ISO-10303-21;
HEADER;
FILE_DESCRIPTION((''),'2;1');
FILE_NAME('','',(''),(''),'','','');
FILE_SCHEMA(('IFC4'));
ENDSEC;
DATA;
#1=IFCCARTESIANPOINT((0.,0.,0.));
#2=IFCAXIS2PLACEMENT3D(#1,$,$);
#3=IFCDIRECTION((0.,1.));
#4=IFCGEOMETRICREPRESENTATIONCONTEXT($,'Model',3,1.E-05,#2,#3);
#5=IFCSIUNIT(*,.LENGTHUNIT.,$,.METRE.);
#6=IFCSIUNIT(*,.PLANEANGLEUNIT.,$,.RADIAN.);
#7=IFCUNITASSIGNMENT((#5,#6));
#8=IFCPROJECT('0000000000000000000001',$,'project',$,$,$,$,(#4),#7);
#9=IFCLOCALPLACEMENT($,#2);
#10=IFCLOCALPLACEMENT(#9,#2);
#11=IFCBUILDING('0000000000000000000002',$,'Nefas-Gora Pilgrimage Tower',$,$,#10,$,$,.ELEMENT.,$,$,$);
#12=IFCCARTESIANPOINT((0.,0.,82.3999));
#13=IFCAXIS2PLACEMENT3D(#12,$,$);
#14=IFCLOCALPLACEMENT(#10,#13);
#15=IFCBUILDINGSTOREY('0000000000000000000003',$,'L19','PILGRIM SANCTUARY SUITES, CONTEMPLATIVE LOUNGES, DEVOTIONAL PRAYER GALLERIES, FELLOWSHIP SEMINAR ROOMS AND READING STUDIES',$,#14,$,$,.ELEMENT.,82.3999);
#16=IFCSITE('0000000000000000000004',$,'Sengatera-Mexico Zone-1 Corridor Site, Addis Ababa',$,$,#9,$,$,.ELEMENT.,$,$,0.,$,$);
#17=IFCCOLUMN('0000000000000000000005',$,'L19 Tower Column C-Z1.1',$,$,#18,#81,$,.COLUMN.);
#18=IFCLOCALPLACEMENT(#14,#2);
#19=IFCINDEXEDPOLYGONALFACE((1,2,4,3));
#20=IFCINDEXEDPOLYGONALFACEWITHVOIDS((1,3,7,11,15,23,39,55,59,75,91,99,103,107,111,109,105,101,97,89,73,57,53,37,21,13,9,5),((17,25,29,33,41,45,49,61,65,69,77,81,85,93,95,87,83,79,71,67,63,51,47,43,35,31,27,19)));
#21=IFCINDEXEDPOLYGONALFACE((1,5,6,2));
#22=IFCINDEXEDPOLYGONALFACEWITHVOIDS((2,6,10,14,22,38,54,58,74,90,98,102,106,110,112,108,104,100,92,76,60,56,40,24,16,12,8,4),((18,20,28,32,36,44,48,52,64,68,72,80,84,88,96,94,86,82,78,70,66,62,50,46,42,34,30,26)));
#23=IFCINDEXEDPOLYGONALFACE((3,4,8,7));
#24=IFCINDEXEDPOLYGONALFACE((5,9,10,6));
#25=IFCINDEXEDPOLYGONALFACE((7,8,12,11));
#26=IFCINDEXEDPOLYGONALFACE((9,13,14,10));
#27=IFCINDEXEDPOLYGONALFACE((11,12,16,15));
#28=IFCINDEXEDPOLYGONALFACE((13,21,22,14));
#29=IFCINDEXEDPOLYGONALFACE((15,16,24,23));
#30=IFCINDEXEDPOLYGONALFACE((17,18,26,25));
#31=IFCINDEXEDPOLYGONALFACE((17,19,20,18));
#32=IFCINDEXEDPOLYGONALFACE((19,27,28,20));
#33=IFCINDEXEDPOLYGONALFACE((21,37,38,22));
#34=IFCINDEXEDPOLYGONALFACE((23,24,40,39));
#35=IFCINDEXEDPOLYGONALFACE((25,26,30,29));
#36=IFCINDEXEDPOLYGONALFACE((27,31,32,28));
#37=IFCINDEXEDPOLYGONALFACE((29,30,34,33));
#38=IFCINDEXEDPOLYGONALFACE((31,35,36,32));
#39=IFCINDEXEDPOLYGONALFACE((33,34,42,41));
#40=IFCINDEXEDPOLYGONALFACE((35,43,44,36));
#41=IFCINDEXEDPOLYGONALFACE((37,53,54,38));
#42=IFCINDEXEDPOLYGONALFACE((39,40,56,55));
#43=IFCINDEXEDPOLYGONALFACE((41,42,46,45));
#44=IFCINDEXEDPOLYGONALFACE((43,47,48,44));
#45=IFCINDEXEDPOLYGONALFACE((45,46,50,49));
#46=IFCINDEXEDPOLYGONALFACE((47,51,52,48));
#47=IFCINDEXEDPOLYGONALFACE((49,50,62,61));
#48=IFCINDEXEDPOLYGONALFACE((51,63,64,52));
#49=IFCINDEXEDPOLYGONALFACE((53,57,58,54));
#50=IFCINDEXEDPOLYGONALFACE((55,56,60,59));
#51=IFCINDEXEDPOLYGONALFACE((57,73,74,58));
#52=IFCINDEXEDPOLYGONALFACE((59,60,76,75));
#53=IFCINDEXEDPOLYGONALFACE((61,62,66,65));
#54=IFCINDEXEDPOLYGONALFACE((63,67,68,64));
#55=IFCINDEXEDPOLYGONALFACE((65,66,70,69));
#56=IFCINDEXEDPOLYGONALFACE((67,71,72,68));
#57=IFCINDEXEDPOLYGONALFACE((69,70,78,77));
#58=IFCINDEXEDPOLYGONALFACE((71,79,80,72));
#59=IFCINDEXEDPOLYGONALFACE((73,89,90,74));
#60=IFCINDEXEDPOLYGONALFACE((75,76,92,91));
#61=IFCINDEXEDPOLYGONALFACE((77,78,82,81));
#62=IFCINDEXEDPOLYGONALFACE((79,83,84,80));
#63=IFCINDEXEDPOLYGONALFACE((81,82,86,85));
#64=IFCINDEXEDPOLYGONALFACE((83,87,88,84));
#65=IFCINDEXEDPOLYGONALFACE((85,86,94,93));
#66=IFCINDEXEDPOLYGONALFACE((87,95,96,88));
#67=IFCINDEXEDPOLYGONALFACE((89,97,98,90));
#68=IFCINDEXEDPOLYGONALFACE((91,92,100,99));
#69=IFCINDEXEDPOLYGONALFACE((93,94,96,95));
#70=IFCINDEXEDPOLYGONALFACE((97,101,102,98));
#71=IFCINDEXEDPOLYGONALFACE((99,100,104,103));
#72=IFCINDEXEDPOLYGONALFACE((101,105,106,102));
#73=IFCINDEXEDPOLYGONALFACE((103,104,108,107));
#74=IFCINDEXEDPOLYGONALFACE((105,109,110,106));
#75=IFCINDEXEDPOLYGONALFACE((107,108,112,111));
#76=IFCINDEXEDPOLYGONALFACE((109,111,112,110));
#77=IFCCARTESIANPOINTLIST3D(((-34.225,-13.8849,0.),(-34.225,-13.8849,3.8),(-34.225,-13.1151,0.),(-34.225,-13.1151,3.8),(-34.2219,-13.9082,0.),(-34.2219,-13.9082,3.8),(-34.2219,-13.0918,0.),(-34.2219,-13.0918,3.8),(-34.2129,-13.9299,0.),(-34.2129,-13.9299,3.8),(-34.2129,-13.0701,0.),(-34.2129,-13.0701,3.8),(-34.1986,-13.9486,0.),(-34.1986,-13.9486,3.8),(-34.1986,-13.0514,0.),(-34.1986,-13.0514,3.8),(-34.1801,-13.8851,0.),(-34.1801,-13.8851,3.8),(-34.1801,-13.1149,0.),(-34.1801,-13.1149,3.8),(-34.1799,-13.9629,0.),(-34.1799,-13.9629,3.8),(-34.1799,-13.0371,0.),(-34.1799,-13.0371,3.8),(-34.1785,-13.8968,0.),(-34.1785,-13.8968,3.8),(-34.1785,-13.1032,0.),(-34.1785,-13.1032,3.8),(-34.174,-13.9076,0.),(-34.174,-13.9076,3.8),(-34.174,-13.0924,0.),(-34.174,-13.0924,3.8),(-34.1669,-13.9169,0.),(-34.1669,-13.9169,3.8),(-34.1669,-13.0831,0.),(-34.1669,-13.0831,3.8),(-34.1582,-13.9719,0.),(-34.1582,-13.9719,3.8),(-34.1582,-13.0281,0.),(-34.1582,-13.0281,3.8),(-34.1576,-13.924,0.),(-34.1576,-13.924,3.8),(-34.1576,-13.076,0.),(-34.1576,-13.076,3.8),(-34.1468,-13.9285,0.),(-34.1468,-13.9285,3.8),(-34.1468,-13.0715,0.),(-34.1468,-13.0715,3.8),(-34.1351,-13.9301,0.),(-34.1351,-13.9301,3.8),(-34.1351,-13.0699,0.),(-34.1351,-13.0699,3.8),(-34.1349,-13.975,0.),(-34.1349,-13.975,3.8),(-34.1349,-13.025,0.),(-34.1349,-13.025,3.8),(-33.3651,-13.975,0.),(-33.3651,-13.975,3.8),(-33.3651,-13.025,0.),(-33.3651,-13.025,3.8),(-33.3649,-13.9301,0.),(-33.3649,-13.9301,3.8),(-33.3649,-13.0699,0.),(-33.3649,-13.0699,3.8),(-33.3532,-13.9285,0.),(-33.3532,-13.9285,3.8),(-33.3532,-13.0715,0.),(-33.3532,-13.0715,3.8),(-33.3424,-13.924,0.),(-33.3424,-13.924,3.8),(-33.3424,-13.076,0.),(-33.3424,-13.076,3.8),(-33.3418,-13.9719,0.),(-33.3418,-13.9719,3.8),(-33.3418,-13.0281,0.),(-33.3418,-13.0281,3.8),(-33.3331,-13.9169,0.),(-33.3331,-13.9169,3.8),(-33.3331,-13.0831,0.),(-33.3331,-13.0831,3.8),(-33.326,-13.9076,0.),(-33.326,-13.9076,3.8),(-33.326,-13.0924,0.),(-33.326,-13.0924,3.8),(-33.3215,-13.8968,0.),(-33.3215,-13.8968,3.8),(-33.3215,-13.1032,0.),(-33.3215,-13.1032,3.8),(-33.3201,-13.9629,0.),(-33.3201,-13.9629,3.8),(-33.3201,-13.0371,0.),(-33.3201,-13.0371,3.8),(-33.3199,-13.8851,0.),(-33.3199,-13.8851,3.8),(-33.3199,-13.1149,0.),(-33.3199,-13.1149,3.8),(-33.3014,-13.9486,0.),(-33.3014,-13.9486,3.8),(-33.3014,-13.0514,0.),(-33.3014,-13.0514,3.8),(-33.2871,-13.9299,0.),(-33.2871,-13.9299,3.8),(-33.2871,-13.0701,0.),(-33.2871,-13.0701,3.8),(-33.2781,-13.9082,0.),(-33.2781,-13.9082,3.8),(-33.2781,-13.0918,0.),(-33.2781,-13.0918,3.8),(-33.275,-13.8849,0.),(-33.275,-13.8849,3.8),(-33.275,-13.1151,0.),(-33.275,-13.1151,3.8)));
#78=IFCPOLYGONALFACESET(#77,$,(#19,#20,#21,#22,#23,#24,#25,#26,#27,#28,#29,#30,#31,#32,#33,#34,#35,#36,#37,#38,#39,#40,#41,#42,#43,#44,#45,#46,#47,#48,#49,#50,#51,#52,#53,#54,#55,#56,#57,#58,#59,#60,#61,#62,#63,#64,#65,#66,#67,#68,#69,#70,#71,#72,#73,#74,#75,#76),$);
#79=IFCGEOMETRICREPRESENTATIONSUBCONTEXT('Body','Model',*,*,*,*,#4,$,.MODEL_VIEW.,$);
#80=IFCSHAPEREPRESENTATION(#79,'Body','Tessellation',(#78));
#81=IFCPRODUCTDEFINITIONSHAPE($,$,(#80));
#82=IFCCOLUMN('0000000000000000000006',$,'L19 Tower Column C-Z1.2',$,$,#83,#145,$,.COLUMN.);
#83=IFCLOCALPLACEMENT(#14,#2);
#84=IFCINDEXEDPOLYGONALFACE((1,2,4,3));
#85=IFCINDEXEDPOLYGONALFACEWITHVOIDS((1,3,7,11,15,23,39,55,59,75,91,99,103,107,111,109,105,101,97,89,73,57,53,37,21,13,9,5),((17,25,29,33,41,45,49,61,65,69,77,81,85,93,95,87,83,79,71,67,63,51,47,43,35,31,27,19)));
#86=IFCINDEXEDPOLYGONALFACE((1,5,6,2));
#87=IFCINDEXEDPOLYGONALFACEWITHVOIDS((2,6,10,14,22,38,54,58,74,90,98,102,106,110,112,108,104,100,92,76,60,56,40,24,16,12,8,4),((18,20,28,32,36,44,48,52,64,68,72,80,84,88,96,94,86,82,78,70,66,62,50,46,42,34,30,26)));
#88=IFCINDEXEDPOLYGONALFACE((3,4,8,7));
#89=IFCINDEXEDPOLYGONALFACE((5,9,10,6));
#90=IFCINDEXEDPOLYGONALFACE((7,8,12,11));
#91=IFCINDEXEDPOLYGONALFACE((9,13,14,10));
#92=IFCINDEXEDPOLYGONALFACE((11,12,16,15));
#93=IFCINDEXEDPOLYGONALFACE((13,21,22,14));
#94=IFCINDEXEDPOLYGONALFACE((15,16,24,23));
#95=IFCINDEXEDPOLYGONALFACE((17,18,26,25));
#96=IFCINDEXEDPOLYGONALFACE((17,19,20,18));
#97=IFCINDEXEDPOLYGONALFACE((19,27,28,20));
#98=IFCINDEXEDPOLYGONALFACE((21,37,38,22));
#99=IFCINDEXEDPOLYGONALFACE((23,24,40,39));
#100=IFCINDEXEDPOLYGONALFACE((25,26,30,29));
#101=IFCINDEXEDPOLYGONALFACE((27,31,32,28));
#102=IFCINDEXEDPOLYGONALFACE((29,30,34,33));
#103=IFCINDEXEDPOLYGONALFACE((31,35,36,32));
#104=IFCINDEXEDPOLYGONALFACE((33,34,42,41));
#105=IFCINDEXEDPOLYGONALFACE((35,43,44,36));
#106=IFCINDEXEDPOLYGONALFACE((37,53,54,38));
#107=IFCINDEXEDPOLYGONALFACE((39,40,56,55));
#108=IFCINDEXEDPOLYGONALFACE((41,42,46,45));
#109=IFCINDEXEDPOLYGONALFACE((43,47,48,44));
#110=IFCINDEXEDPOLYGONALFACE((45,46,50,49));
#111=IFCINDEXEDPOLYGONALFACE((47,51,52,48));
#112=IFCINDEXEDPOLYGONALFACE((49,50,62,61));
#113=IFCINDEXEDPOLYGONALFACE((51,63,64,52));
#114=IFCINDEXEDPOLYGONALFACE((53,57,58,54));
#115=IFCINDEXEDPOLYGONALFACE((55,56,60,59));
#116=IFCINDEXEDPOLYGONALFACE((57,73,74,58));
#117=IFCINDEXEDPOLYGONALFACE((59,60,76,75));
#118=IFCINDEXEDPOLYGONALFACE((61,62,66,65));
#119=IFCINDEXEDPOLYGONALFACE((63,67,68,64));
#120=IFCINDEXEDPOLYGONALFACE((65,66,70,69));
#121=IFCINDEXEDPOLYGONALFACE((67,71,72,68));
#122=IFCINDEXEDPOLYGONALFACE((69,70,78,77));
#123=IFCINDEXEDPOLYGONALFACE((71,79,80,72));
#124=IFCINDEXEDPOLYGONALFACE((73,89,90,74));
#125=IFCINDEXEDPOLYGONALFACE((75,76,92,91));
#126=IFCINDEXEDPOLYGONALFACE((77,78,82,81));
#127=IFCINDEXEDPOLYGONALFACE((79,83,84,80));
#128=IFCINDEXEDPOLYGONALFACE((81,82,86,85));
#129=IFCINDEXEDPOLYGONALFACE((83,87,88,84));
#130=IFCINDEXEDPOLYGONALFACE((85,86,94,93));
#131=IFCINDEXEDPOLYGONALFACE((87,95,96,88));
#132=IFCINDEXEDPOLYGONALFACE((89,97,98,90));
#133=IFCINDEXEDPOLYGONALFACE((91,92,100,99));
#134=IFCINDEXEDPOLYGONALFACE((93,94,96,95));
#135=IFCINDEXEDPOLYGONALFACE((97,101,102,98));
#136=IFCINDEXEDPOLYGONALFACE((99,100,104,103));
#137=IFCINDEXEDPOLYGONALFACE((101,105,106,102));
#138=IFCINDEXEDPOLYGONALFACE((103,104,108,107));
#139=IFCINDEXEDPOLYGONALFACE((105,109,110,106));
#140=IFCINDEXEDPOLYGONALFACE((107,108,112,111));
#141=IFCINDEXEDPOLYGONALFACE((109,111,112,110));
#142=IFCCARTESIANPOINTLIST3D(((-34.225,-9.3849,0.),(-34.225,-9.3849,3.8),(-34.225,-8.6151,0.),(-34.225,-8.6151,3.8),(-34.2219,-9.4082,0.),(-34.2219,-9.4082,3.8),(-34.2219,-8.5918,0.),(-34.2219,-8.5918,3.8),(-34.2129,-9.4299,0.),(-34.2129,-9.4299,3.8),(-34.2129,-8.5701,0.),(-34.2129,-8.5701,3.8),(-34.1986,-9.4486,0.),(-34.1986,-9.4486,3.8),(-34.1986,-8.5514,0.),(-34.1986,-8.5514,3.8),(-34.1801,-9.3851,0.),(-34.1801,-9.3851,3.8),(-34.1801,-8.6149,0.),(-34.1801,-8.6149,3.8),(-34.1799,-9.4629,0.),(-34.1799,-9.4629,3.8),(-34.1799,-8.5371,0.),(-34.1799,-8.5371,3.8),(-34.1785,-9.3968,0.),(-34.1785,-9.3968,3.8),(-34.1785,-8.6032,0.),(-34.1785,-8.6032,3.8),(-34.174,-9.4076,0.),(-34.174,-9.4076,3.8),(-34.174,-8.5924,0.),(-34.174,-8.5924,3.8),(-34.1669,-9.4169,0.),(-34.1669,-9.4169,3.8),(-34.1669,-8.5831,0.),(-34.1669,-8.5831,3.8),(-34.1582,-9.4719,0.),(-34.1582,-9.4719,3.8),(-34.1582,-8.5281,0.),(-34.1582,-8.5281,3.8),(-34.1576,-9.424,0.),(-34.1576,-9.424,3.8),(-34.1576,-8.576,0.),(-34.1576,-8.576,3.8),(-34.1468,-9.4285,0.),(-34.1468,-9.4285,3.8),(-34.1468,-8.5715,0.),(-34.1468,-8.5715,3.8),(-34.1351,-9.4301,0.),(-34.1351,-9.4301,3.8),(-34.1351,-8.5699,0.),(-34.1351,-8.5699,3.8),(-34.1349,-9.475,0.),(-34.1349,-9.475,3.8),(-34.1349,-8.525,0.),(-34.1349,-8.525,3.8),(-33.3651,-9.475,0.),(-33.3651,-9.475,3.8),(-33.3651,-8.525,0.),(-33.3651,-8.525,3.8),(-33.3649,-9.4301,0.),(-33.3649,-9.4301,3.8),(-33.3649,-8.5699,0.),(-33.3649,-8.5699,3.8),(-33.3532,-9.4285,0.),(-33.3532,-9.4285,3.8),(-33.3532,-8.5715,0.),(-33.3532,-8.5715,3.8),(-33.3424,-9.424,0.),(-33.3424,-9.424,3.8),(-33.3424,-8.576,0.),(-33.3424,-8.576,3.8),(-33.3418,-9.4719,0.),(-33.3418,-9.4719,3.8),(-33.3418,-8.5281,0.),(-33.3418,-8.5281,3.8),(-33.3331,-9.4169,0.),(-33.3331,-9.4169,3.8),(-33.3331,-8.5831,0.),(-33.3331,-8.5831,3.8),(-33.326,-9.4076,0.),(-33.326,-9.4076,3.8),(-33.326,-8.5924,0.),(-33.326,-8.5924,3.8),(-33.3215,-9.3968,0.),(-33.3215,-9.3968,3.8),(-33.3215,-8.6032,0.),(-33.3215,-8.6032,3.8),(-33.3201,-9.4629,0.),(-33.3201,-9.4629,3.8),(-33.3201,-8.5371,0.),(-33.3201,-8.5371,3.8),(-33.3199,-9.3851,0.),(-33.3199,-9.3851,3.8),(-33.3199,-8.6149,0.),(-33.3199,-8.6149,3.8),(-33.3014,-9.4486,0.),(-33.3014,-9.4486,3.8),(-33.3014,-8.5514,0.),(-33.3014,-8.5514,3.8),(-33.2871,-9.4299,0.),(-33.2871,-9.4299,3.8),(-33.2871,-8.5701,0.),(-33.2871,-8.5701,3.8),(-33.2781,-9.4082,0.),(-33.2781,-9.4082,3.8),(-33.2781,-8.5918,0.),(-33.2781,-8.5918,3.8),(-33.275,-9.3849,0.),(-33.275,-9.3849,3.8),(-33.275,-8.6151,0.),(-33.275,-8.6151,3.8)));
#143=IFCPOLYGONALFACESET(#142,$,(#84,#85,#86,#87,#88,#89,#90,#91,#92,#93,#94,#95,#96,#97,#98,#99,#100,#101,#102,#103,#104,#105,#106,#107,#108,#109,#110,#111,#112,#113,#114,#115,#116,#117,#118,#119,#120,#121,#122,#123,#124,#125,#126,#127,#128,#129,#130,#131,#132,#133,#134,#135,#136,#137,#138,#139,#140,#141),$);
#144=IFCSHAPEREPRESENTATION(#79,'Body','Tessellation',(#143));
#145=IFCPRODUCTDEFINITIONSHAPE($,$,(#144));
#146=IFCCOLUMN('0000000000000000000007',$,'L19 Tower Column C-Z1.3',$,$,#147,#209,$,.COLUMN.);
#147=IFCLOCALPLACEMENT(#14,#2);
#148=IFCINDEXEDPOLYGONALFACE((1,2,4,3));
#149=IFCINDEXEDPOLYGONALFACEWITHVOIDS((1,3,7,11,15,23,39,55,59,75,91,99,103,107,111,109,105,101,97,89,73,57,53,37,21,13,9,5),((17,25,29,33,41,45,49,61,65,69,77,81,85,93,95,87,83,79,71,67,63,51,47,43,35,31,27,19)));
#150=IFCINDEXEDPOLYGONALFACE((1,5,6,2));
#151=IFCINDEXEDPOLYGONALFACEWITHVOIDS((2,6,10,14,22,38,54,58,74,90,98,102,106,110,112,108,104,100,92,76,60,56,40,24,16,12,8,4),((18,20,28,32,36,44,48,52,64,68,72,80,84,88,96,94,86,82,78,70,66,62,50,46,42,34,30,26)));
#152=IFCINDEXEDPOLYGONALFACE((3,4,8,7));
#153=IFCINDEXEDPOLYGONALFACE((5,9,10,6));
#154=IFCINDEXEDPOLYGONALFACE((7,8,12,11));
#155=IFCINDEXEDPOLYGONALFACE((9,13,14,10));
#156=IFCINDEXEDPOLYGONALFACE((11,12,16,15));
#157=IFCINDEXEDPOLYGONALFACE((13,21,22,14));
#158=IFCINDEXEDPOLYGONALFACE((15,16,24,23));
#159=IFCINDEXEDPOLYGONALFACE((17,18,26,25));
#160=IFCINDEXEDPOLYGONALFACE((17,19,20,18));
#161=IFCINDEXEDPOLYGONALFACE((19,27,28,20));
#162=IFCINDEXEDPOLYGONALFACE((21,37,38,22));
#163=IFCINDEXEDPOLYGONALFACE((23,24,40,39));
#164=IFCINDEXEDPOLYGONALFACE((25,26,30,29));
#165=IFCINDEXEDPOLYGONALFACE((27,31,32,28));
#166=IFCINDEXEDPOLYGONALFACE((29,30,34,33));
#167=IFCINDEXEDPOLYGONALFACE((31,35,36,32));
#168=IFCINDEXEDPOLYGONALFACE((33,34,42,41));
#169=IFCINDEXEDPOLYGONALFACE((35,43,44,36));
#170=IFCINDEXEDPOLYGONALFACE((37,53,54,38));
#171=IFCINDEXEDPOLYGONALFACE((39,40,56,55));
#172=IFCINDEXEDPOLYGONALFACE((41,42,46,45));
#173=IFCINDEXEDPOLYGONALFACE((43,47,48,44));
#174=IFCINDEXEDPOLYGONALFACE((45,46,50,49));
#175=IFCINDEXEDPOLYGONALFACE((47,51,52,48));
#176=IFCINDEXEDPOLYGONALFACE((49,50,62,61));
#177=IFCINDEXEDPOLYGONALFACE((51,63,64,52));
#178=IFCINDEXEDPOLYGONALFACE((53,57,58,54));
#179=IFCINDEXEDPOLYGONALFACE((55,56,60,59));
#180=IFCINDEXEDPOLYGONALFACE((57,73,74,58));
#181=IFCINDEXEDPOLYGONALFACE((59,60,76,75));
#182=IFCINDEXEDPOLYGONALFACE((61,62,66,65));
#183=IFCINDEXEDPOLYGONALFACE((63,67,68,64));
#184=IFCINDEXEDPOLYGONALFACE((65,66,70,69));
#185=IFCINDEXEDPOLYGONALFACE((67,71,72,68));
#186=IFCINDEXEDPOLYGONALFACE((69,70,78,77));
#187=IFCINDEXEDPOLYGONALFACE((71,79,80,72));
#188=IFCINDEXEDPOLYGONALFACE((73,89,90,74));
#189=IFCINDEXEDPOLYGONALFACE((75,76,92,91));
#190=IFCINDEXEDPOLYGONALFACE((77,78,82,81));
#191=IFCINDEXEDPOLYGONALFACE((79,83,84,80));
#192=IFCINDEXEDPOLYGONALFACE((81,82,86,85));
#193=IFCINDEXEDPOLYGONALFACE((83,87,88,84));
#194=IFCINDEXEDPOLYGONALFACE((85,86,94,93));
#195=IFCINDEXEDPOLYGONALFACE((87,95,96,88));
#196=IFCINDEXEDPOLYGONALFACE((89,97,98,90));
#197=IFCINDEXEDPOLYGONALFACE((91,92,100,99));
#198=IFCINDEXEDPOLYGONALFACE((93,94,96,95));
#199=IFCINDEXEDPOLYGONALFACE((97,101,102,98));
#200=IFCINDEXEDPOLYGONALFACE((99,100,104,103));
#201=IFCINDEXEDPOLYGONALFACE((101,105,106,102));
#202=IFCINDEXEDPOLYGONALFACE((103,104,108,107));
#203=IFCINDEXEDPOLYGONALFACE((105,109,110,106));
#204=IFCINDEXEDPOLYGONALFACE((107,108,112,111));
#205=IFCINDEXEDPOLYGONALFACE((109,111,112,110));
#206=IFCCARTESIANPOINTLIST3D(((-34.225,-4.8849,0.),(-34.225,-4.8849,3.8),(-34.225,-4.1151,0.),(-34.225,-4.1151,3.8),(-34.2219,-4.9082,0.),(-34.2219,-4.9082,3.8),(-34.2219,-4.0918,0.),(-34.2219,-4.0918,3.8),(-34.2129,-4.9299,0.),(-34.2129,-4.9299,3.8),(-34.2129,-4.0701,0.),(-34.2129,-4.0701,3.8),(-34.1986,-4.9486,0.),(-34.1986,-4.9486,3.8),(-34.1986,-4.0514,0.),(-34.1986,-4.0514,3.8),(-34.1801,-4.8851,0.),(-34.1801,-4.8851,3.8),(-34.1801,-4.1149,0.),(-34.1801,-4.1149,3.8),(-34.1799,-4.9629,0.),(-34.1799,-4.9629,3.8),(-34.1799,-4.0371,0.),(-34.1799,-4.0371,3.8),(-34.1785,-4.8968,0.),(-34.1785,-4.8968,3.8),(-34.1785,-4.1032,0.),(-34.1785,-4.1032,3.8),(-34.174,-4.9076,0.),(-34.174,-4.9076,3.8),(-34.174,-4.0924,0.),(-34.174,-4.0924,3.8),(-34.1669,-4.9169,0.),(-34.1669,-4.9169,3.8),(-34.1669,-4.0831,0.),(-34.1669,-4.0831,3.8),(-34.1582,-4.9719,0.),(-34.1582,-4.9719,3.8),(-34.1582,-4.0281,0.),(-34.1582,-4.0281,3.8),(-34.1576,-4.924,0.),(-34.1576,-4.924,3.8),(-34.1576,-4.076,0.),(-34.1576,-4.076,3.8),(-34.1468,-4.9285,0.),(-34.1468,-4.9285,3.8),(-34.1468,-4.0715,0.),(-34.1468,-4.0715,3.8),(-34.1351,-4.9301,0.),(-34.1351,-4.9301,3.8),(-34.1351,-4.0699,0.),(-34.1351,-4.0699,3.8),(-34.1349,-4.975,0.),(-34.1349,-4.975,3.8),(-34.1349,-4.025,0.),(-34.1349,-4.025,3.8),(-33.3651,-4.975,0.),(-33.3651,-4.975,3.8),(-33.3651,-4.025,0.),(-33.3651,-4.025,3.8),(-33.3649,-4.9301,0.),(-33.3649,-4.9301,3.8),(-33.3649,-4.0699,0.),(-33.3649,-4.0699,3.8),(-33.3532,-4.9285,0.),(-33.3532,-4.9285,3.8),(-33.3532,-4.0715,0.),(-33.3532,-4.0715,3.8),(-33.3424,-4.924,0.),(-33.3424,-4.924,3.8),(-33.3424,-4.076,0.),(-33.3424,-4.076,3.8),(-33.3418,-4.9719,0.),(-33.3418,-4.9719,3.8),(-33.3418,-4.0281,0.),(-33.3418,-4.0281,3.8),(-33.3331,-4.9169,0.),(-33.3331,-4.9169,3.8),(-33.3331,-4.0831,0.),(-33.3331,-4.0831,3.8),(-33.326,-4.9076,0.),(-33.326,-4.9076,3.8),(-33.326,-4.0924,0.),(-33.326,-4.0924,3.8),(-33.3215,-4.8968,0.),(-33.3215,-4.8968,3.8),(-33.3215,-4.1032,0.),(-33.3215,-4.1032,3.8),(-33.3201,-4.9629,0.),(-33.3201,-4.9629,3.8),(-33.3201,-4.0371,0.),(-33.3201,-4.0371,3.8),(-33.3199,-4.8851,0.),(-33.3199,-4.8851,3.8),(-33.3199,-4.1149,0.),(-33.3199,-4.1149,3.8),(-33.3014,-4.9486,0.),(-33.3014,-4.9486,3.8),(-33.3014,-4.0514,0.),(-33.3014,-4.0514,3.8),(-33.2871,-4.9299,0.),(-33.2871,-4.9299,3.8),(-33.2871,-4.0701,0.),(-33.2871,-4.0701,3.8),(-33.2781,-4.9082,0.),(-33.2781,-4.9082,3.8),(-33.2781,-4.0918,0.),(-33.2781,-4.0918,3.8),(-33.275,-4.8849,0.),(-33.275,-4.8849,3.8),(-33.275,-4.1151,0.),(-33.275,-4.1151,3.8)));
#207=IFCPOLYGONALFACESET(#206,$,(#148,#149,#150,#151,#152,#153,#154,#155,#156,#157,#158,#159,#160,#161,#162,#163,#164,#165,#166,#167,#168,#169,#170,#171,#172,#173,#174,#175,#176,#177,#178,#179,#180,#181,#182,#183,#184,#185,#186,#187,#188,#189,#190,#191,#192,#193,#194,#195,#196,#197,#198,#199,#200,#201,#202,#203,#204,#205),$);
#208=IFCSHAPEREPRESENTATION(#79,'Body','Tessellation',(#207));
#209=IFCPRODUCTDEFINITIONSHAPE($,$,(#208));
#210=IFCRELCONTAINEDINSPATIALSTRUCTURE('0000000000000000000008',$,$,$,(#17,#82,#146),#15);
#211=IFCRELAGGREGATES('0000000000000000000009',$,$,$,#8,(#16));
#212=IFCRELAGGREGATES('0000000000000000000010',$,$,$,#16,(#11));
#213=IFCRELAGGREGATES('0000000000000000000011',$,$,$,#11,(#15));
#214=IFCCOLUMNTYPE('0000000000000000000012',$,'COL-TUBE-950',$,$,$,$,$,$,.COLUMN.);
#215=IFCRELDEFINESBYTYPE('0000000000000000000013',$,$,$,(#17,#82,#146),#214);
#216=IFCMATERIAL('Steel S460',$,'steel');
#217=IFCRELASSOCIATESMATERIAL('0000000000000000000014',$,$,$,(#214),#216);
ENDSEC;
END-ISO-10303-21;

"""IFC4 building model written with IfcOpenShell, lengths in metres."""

from ifc_helpers import new_model, si_unit, direction, frame, origin, origin_2d, place, context, subcontext, project, spatial, hollow_rectangle, extrude, source, transform, mapped, material, material_profile, profile_set, type_object, element, save


model = new_model("IFC4")

# Units and contexts
model_context = context("Model", 3, precision=1e-05, world=origin(), true_north=direction((0.0, 1.0)))
body_context = subcontext(model_context, "Body", "Model", "MODEL_VIEW")
ifc_project = project(units=[si_unit("LENGTHUNIT", "METRE"), si_unit("PLANEANGLEUNIT", "RADIAN")], contexts=[model_context])

# Site, building, storey
site_placement = place(None, origin())
site = spatial("IfcSite", under=ifc_project, at=site_placement, Name="Sengatera-Mexico Zone-1 Corridor Site, Addis Ababa", CompositionType="ELEMENT", RefElevation=0.0)
building_placement = place(site_placement, origin())
building = spatial("IfcBuilding", under=site, at=building_placement, Name="Nefas-Gora Pilgrimage Tower", CompositionType="ELEMENT")
storey_placement = place(building_placement, frame((0.0, 0.0, 82.3999)))
storey = spatial("IfcBuildingStorey", under=building, at=storey_placement, Name="L19", Description="PILGRIM SANCTUARY SUITES, CONTEMPLATIVE LOUNGES, DEVOTIONAL PRAYER GALLERIES, FELLOWSHIP SEMINAR ROOMS AND READING STUDIES", CompositionType="ELEMENT", Elevation=82.3999)

# Columns
ifc_material_1 = material(Name="Steel S460", Category="steel")
ifc_material_profile_1 = material_profile(ifc_material_1, hollow_rectangle(XDim=0.95, YDim=0.95, WallThickness=0.0449, InnerFilletRadius=0.0449, OuterFilletRadius=0.0901, at=origin_2d()), Name="BOX 950x950x45")
ifc_profile_set_1 = profile_set([ifc_material_profile_1], Name="Steel S460")
column_type_1 = type_object("IfcColumnType", Name="COL-TUBE-950", PredefinedType="COLUMN", material=ifc_profile_set_1)
shared_shape_1 = source(origin(), body_context, "Body", "SweptSolid", [
    extrude(hollow_rectangle(XDim=0.95, YDim=0.95, WallThickness=0.0449, InnerFilletRadius=0.0449, OuterFilletRadius=0.0901, at=origin_2d()), origin(), (0.0, 0.0, 1.0), 3.8),
])
for number, where, z_axis, x_axis, name in (
    (1, (-33.75, -13.5, 0.0), (0.0, 0.0, 1.0), (1.0, 0.0, 0.0), "L19 Tower Column C-Z1.1"),
    (2, (-33.75, -9.0, 0.0), (0.0, 0.0, 1.0), (1.0, 0.0, 0.0), "L19 Tower Column C-Z1.2"),
    (3, (-33.75, -4.5, 0.0), (0.0, 0.0, 1.0), (1.0, 0.0, 0.0), "L19 Tower Column C-Z1.3"),
):
    element("IfcColumn", number, at=place(storey_placement, frame(where, z_axis=z_axis, x_axis=x_axis)), inside=storey, type_object=column_type_1, Name=name, PredefinedType="COLUMN", context=body_context, shape_type="MappedRepresentation", body=[
        mapped(shared_shape_1, transform((0.0, 0.0, 0.0), x_axis=(1.0, 0.0, 0.0), y_axis=(0.0, 1.0, 0.0), z_axis=(0.0, 0.0, 1.0), scale=1.0)),
    ])

save(model, "model.ifc")
